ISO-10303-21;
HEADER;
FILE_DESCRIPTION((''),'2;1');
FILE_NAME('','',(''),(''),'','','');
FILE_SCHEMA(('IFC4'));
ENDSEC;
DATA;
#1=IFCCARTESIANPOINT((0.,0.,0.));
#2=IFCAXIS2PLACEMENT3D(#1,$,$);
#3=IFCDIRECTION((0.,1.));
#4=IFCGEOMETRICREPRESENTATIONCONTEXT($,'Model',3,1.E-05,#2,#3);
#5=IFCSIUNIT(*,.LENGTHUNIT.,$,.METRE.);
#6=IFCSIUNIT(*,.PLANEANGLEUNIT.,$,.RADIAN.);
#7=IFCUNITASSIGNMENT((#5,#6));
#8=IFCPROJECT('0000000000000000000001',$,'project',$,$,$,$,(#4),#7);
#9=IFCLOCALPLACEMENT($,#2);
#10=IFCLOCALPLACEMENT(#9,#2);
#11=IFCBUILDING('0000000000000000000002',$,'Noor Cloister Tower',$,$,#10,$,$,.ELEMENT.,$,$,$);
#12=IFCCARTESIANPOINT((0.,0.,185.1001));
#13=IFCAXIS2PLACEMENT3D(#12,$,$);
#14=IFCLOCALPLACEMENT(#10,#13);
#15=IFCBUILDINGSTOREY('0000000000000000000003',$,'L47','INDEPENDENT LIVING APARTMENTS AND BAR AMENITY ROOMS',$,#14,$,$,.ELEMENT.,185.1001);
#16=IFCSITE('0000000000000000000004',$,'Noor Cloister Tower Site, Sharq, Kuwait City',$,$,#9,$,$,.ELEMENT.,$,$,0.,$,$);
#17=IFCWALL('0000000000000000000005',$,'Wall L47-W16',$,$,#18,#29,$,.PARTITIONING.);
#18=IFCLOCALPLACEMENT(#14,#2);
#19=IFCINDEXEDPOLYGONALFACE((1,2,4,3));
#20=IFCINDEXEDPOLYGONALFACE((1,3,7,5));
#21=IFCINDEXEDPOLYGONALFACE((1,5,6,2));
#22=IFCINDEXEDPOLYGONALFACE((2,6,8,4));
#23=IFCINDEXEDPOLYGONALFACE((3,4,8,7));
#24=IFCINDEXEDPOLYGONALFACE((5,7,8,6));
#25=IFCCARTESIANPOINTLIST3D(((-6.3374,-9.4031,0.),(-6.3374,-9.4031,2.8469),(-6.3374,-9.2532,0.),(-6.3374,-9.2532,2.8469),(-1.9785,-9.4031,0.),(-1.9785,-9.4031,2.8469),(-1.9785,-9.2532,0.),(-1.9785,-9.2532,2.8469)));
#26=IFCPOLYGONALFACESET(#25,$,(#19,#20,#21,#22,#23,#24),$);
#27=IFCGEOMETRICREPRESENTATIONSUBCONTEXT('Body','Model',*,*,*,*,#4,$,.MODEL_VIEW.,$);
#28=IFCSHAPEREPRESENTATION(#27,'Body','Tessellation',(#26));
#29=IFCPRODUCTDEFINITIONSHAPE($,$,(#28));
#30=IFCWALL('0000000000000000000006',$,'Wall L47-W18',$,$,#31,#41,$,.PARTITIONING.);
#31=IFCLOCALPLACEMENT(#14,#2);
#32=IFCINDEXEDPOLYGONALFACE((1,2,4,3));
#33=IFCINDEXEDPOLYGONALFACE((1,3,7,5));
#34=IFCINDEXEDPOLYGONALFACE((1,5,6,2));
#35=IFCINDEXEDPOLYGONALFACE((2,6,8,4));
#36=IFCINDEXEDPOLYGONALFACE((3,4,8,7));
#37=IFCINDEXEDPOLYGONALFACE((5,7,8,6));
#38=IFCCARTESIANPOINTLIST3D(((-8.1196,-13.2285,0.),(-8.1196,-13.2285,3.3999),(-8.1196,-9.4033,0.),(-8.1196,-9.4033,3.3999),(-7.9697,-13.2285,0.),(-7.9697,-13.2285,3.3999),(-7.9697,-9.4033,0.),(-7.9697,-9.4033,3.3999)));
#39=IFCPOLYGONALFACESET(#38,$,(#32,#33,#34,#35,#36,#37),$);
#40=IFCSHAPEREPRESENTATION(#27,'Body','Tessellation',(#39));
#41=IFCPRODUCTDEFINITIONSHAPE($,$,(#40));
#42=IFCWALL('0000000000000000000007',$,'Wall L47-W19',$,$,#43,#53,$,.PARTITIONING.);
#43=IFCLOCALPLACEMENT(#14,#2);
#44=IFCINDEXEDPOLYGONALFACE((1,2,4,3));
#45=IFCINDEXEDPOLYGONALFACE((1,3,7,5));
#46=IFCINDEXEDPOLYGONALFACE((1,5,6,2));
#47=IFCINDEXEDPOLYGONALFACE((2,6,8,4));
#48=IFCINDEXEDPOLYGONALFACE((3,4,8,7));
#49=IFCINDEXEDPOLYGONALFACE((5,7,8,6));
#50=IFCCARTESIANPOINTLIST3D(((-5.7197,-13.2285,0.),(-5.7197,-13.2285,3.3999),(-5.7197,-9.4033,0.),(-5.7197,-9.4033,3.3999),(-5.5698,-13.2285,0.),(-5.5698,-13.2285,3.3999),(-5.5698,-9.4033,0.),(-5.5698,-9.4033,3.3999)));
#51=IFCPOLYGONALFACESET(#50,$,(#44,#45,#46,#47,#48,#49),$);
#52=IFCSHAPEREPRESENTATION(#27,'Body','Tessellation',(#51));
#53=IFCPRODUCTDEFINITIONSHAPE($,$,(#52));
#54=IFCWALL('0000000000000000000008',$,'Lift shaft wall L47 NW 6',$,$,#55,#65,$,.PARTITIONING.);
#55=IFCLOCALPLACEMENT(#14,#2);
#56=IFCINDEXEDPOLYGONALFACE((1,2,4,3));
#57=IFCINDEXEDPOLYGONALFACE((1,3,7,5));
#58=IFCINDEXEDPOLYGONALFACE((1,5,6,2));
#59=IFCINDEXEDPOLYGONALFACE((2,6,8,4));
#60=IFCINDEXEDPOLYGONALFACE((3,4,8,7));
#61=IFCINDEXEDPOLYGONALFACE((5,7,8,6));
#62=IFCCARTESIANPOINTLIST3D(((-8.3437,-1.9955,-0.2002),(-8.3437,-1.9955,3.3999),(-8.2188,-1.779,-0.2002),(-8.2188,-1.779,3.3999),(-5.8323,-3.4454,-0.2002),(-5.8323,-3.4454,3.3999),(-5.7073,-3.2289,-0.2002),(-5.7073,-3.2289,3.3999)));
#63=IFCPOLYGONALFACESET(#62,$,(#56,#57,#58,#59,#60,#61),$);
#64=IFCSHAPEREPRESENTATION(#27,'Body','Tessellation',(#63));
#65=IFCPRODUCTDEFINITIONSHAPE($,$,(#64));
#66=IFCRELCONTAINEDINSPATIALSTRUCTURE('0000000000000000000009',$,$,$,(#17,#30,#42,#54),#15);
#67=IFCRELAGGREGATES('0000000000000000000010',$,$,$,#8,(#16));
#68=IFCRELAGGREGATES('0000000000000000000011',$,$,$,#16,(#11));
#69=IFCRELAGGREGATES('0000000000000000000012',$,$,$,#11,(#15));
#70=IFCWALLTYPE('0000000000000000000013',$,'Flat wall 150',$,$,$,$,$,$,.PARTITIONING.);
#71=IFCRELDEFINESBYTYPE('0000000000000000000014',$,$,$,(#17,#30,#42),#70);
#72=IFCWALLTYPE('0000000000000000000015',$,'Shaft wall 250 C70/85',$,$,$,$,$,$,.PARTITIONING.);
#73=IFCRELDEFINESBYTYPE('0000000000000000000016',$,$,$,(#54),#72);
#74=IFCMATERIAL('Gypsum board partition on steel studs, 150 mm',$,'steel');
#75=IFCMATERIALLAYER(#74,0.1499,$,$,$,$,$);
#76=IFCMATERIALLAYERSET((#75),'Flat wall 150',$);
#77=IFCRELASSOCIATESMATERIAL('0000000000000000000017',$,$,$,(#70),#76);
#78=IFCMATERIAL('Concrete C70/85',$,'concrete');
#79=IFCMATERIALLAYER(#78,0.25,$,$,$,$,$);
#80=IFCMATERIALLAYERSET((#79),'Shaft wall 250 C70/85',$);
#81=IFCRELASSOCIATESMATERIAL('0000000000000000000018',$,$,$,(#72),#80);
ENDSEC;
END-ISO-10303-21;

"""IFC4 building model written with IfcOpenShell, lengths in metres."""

from ifc_helpers import new_model, si_unit, direction, frame, frame_2d, origin, place, context, subcontext, project, spatial, rectangle, extrude, material, layer, layer_set, type_object, element, save


model = new_model("IFC4")

# Units and contexts
model_context = context("Model", 3, precision=1e-05, world=origin(), true_north=direction((0.0, 1.0)))
body_context = subcontext(model_context, "Body", "Model", "MODEL_VIEW")
ifc_project = project(units=[si_unit("LENGTHUNIT", "METRE"), si_unit("PLANEANGLEUNIT", "RADIAN")], contexts=[model_context])

# Site, building, storey
site_placement = place(None, origin())
site = spatial("IfcSite", under=ifc_project, at=site_placement, Name="Noor Cloister Tower Site, Sharq, Kuwait City", CompositionType="ELEMENT", RefElevation=0.0)
building_placement = place(site_placement, origin())
building = spatial("IfcBuilding", under=site, at=building_placement, Name="Noor Cloister Tower", CompositionType="ELEMENT")
storey_placement = place(building_placement, frame((0.0, 0.0, 185.1001)))
storey = spatial("IfcBuildingStorey", under=building, at=storey_placement, Name="L47", Description="INDEPENDENT LIVING APARTMENTS AND BAR AMENITY ROOMS", CompositionType="ELEMENT", Elevation=185.1001)

# Shared definitions
ifc_material_1 = material(Name="Gypsum board partition on steel studs, 150 mm", Category="steel")
ifc_layer_1 = layer(ifc_material_1, 0.1499)
ifc_layer_set_1 = layer_set([ifc_layer_1], Name="Flat wall 150")
wall_type_1 = type_object("IfcWallType", Name="Flat wall 150", PredefinedType="PARTITIONING", material=ifc_layer_set_1)

# Walls
wall_1_placement = place(storey_placement, frame((-6.3374, -9.3281, 0.0), z_axis=(0.0, 0.0, 1.0), x_axis=(1.0, 0.0, 0.0)))
element("IfcWall", 1, at=wall_1_placement, inside=storey, type_object=wall_type_1, Name="Wall L47-W16", PredefinedType="PARTITIONING", context=body_context, shape_type="SweptSolid", body=[
    extrude(rectangle(XDim=4.3589, YDim=0.1499, at=frame_2d((2.1794, 0.0))), origin(), (0.0, 0.0, 1.0), 2.8469),
])
for number, where, z_axis, x_axis, name in (
    (2, (-8.0447, -9.4033, 0.0), (0.0, 0.0, 1.0), (0.0, -1.0, 0.0), "Wall L47-W18"),
    (3, (-5.6448, -9.4033, 0.0), (0.0, 0.0, 1.0), (0.0, -1.0, 0.0), "Wall L47-W19"),
):
    element("IfcWall", number, at=place(storey_placement, frame(where, z_axis=z_axis, x_axis=x_axis)), inside=storey, type_object=wall_type_1, Name=name, PredefinedType="PARTITIONING", context=body_context, shape_type="SweptSolid", body=[
        extrude(rectangle(XDim=3.8252, YDim=0.1499, at=frame_2d((1.9126, 0.0))), origin(), (0.0, 0.0, 1.0), 3.3999),
    ])
ifc_material_2 = material(Name="Concrete C70/85", Category="concrete")
ifc_layer_2 = layer(ifc_material_2, 0.25)
ifc_layer_set_2 = layer_set([ifc_layer_2], Name="Shaft wall 250 C70/85")
wall_type_2 = type_object("IfcWallType", Name="Shaft wall 250 C70/85", PredefinedType="PARTITIONING", material=ifc_layer_set_2)
wall_2_placement = place(storey_placement, frame((-8.2812, -1.8872, -0.2002), z_axis=(0.0, 0.0, 1.0), x_axis=(0.866033, -0.499987, 0.0)))
element("IfcWall", 4, at=wall_2_placement, inside=storey, type_object=wall_type_2, Name="Lift shaft wall L47 NW 6", PredefinedType="PARTITIONING", context=body_context, shape_type="SweptSolid", body=[
    extrude(rectangle(XDim=2.8999, YDim=0.25, at=frame_2d((1.45, 0.0))), origin(), (0.0, 0.0, 1.0), 3.6001),
])

save(model, "model.ifc")
